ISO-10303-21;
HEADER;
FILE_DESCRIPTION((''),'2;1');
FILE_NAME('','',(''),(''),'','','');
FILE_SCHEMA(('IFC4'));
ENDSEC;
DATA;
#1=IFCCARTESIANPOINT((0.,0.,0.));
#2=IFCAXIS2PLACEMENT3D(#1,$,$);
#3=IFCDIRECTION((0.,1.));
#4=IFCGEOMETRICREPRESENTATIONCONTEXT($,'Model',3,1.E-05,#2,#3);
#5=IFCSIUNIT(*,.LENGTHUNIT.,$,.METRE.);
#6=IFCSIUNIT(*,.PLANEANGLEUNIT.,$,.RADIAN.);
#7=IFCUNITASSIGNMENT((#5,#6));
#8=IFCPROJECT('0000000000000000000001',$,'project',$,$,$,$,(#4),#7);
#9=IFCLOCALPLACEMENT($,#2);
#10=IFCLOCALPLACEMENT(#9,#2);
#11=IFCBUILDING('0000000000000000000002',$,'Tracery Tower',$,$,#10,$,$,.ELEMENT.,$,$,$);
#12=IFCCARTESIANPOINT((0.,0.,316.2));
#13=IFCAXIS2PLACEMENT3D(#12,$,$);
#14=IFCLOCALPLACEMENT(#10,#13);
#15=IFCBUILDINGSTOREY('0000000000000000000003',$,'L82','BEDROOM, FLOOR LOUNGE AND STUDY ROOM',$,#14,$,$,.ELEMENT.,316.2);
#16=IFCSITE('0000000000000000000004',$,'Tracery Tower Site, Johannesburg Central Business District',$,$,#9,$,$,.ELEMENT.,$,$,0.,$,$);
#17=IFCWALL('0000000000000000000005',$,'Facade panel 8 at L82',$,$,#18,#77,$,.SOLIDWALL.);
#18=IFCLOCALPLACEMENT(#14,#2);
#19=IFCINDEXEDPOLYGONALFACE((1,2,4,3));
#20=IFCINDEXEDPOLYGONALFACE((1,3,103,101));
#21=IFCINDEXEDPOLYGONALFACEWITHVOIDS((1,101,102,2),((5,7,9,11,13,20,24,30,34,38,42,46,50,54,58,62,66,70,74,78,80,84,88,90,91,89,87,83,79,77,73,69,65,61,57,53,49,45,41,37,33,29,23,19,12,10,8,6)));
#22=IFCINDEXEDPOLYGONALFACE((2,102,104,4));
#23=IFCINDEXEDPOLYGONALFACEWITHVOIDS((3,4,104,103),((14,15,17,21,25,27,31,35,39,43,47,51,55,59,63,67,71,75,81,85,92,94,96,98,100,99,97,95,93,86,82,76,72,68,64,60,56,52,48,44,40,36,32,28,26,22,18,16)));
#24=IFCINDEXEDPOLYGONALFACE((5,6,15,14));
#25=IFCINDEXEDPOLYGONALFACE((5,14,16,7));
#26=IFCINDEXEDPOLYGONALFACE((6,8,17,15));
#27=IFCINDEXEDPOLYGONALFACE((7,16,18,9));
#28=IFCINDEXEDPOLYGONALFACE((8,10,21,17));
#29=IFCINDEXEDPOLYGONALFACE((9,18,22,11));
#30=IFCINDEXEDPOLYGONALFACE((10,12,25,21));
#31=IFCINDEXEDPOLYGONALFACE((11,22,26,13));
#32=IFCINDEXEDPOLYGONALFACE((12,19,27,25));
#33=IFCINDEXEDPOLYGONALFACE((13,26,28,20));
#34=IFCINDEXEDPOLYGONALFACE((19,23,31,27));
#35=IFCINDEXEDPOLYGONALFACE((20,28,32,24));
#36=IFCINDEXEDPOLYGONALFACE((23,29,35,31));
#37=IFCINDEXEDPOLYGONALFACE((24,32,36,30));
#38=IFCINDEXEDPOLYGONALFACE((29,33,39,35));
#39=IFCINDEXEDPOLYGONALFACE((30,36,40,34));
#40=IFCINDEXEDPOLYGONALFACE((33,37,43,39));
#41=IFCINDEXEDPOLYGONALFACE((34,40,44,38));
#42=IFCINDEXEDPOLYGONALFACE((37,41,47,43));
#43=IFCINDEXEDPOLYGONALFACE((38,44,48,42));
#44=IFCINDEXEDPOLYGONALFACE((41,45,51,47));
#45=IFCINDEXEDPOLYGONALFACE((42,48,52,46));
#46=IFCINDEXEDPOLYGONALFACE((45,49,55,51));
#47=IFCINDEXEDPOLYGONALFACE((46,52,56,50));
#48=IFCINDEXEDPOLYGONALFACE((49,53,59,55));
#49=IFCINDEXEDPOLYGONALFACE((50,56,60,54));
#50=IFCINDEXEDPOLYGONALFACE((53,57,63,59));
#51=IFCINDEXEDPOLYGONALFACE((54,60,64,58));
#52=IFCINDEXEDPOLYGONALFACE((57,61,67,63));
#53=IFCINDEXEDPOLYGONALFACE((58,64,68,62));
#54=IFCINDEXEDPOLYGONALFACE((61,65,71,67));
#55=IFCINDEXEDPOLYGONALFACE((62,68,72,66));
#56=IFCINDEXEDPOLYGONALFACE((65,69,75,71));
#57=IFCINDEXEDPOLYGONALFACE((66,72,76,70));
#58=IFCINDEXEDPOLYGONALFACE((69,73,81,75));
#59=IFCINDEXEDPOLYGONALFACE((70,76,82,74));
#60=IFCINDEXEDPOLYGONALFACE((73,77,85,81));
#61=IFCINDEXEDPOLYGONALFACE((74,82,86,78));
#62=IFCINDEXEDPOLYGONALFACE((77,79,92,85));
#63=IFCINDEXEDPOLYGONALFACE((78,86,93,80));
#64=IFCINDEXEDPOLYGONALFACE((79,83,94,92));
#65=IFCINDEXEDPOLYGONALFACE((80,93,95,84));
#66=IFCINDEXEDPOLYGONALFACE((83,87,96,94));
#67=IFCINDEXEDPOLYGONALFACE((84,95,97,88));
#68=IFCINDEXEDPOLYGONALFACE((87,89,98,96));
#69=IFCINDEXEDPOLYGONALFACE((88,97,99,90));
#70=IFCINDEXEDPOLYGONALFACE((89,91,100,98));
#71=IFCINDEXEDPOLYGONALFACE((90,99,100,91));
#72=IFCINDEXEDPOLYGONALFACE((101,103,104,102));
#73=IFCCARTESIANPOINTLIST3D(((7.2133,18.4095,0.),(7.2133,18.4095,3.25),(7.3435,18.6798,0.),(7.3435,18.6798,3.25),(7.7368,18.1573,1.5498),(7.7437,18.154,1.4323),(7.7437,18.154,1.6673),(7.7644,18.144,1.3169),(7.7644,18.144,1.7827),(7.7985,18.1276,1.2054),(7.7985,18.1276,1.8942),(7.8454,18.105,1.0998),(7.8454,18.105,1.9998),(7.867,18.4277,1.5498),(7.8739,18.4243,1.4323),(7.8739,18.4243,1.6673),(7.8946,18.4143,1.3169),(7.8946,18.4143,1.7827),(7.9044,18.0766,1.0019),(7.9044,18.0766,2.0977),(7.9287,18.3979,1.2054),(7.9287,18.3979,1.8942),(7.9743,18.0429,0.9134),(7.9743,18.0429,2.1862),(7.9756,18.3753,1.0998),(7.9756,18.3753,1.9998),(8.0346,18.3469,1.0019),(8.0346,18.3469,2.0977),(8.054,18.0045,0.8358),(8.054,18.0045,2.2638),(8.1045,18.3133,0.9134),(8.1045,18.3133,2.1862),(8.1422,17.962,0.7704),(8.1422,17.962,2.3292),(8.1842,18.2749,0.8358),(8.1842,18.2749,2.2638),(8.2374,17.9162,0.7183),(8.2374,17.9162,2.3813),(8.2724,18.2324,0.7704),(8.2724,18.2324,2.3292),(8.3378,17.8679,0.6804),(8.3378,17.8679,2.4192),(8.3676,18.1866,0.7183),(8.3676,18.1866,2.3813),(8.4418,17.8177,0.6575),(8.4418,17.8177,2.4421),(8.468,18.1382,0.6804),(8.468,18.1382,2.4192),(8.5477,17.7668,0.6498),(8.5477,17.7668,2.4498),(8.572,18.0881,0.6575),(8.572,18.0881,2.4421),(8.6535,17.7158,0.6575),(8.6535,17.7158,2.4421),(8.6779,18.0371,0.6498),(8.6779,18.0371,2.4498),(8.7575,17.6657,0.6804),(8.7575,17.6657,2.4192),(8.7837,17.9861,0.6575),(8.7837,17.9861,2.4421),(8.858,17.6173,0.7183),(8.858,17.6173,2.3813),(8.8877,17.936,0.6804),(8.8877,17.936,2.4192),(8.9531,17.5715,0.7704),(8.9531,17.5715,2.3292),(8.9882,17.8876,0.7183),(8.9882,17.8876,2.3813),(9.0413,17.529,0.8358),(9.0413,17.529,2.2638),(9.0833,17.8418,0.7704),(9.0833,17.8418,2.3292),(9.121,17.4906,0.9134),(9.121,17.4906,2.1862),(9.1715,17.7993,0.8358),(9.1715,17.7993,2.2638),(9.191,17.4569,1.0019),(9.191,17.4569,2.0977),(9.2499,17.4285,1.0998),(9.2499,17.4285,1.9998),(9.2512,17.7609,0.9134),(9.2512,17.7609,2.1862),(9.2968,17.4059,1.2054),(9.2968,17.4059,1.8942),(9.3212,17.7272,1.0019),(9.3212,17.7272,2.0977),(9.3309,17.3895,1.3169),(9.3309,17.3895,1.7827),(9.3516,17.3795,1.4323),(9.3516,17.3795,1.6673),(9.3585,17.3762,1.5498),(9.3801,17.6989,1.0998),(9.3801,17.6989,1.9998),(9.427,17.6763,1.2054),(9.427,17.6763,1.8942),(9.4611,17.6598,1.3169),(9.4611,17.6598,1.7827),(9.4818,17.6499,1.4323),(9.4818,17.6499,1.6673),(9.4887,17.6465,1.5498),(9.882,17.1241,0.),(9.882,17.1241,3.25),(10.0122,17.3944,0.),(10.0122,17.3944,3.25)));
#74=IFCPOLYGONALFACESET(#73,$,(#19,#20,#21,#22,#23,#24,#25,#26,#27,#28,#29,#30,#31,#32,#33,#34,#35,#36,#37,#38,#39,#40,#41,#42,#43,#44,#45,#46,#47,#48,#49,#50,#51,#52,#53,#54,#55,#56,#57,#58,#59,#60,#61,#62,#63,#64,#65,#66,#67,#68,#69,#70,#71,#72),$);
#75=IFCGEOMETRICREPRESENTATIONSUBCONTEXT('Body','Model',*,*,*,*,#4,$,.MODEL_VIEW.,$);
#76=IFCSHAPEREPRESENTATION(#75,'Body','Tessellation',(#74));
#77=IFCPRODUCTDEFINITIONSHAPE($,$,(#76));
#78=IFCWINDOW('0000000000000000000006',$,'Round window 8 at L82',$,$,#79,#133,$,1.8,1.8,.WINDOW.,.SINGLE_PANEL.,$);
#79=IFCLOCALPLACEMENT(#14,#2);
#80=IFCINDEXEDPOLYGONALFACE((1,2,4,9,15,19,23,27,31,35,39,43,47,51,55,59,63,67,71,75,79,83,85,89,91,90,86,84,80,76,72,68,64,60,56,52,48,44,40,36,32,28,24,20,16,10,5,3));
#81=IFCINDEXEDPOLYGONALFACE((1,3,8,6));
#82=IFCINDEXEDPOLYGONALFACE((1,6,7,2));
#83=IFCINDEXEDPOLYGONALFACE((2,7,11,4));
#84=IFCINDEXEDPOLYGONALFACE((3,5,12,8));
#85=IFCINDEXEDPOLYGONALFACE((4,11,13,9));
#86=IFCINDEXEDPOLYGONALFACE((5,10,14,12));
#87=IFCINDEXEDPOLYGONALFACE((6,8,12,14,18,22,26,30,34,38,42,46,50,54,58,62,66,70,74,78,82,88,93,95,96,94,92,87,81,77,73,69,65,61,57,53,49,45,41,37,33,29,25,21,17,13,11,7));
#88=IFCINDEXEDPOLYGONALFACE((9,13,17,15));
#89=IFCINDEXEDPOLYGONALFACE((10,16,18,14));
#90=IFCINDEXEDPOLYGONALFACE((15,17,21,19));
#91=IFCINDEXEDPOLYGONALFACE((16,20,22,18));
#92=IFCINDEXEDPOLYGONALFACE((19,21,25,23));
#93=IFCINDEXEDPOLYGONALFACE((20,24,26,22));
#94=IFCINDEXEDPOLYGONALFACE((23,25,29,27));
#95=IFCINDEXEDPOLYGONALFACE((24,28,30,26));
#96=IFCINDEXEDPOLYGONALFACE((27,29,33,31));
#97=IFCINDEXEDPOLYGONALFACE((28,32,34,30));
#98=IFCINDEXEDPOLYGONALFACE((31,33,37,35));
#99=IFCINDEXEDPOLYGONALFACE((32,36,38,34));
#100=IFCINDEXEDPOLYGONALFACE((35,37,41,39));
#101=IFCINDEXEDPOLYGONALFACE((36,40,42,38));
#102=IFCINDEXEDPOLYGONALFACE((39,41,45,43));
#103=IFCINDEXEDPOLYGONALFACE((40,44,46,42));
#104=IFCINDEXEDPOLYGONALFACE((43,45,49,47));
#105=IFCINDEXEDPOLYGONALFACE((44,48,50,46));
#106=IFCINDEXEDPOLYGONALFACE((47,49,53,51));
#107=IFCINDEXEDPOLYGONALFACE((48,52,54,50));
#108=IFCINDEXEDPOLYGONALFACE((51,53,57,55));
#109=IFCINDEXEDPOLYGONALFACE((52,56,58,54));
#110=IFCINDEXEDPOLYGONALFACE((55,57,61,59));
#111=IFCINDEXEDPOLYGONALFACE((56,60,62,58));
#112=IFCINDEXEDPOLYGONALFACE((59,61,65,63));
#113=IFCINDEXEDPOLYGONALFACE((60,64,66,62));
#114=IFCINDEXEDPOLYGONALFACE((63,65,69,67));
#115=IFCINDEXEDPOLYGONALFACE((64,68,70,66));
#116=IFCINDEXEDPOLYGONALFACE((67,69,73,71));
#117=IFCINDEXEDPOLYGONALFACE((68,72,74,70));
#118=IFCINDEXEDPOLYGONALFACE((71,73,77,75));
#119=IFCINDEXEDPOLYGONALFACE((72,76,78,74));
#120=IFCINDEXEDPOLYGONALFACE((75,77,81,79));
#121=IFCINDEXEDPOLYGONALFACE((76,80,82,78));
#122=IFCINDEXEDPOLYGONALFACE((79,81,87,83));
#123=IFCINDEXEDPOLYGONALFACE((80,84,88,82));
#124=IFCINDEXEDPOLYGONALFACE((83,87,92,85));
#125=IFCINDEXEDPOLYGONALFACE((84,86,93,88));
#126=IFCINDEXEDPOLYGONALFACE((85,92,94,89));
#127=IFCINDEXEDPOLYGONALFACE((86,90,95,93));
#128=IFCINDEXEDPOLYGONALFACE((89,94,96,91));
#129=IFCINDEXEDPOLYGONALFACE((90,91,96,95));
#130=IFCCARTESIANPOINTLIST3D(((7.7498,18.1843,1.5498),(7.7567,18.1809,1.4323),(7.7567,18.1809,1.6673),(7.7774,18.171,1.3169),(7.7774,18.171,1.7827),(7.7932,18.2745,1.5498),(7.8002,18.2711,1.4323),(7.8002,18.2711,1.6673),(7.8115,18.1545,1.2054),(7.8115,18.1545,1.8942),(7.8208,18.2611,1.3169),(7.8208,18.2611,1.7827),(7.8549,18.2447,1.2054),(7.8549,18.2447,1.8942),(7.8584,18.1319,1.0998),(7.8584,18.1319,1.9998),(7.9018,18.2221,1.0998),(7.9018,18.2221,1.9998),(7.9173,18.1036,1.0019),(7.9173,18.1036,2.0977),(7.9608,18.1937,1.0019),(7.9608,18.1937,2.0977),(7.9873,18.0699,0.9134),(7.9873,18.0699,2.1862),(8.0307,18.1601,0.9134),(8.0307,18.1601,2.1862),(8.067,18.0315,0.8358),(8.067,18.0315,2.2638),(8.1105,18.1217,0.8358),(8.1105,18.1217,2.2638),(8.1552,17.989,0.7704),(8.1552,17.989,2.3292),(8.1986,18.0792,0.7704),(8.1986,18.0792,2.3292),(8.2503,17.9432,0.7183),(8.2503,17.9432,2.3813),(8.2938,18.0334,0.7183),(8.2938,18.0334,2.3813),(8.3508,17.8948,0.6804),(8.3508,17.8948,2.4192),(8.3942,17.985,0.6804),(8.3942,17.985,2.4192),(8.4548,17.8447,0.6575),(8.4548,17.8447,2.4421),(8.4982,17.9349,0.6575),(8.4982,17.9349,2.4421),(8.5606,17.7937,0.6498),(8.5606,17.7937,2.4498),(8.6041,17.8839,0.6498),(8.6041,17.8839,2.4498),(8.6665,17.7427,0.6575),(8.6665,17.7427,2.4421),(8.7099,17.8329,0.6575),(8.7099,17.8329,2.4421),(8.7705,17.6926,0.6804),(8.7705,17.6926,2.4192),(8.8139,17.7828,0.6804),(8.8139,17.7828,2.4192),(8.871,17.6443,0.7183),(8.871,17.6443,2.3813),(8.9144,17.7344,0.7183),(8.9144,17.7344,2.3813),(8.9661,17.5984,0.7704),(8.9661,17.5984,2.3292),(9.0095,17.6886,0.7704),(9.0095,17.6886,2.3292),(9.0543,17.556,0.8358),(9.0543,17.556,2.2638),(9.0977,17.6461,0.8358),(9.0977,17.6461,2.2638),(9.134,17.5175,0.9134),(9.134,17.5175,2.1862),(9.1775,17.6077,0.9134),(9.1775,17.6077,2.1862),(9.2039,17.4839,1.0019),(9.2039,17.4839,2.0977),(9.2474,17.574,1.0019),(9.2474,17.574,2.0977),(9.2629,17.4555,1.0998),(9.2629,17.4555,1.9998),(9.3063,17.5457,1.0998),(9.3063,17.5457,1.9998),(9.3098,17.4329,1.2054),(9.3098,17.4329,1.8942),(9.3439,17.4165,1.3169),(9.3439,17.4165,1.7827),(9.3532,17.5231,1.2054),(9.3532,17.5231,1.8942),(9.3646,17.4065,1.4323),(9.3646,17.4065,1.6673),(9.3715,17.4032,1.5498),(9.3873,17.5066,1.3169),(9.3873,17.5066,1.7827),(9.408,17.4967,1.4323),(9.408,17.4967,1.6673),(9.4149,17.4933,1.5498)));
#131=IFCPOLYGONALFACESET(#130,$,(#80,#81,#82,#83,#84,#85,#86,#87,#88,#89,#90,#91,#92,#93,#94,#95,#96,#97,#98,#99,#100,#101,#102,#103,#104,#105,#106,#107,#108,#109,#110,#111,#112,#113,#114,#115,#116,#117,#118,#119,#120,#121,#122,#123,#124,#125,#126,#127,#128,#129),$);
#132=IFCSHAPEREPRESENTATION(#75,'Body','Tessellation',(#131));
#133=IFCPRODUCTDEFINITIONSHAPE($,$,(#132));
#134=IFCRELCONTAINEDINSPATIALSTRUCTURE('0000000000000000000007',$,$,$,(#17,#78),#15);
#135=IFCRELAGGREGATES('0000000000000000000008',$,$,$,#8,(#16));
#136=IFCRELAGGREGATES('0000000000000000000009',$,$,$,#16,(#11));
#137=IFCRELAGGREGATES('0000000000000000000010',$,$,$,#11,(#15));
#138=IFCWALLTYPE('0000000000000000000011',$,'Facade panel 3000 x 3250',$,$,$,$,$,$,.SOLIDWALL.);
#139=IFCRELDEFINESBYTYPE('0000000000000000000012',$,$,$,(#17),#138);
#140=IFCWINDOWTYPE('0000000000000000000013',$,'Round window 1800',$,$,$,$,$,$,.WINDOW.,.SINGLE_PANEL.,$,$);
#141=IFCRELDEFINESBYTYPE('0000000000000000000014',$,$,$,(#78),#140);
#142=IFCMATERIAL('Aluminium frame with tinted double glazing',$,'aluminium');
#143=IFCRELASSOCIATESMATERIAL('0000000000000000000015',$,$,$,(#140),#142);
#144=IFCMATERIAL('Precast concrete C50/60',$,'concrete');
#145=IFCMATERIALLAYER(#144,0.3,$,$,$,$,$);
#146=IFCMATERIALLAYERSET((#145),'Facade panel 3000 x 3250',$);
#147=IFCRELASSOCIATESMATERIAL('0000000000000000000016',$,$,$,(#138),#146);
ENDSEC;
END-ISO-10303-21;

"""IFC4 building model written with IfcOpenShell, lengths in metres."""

from ifc_helpers import new_model, si_unit, direction, frame, frame_2d, origin, origin_2d, place, context, subcontext, project, spatial, rectangle, circle, extrude, material, layer, layer_set, type_object, element, fill, save


model = new_model("IFC4")

# Units and contexts
model_context = context("Model", 3, precision=1e-05, world=origin(), true_north=direction((0.0, 1.0)))
body_context = subcontext(model_context, "Body", "Model", "MODEL_VIEW")
ifc_project = project(units=[si_unit("LENGTHUNIT", "METRE"), si_unit("PLANEANGLEUNIT", "RADIAN")], contexts=[model_context])

# Site, building, storey
site_placement = place(None, origin())
site = spatial("IfcSite", under=ifc_project, at=site_placement, Name="Tracery Tower Site, Johannesburg Central Business District", CompositionType="ELEMENT", RefElevation=0.0)
building_placement = place(site_placement, origin())
building = spatial("IfcBuilding", under=site, at=building_placement, Name="Tracery Tower", CompositionType="ELEMENT")
storey_placement = place(building_placement, frame((0.0, 0.0, 316.2)))
storey = spatial("IfcBuildingStorey", under=building, at=storey_placement, Name="L82", Description="BEDROOM, FLOOR LOUNGE AND STUDY ROOM", CompositionType="ELEMENT", Elevation=316.2)

# Wall, opening, window
ifc_material_1 = material(Name="Aluminium frame with tinted double glazing", Category="aluminium")
window_type = type_object("IfcWindowType", Name="Round window 1800", PartitioningType="SINGLE_PANEL", PredefinedType="WINDOW", material=ifc_material_1)
ifc_material_2 = material(Name="Precast concrete C50/60", Category="concrete")
ifc_layer_1 = layer(ifc_material_2, 0.3)
ifc_layer_set_1 = layer_set([ifc_layer_1], Name="Facade panel 3000 x 3250")
wall_type_1 = type_object("IfcWallType", Name="Facade panel 3000 x 3250", PredefinedType="SOLIDWALL", material=ifc_layer_set_1)
wall_1_placement = place(storey_placement, frame((9.947, 17.2593, 0.0), z_axis=(0.0, 0.0, 1.0), x_axis=(-0.90094, 0.433944, 0.0)))
wall_1 = element("IfcWall", 1, at=wall_1_placement, inside=storey, type_object=wall_type_1, Name="Facade panel 8 at L82", PredefinedType="SOLIDWALL", context=body_context, shape_type="SweptSolid", body=[
    extrude(rectangle(XDim=2.9622, YDim=0.3, at=frame_2d((1.481, 0.0))), origin(), (0.0, 0.0, 1.0), 3.25),
])
opening_1_placement = place(wall_1_placement, frame((1.481, 0.0, 1.5498)))
opening_1 = element("IfcOpeningElement", 2, at=opening_1_placement, cuts=wall_1, PredefinedType="OPENING", context=body_context, shape_type="SweptSolid", body=[
    extrude(circle(Radius=0.9, at=origin_2d()), frame((0.0, 0.1599, 0.0), z_axis=(0.0, -1.0, 0.0), x_axis=(1.0, 0.0, 0.0)), (0.0, 0.0, 1.0), 0.3201),
])
window_1_placement = place(opening_1_placement, origin())
window_1 = element("IfcWindow", 3, at=window_1_placement, inside=storey, type_object=window_type, Name="Round window 8 at L82", OverallHeight=1.8, OverallWidth=1.8, PartitioningType="SINGLE_PANEL", PredefinedType="WINDOW", context=body_context, shape_type="SweptSolid", body=[
    extrude(circle(Radius=0.9, at=origin_2d()), frame((0.0, 0.1201, 0.0), z_axis=(0.0, -1.0, 0.0), x_axis=(1.0, 0.0, 0.0)), (0.0, 0.0, 1.0), 0.1001),
])
fill(opening_1, window_1)

save(model, "model.ifc")
